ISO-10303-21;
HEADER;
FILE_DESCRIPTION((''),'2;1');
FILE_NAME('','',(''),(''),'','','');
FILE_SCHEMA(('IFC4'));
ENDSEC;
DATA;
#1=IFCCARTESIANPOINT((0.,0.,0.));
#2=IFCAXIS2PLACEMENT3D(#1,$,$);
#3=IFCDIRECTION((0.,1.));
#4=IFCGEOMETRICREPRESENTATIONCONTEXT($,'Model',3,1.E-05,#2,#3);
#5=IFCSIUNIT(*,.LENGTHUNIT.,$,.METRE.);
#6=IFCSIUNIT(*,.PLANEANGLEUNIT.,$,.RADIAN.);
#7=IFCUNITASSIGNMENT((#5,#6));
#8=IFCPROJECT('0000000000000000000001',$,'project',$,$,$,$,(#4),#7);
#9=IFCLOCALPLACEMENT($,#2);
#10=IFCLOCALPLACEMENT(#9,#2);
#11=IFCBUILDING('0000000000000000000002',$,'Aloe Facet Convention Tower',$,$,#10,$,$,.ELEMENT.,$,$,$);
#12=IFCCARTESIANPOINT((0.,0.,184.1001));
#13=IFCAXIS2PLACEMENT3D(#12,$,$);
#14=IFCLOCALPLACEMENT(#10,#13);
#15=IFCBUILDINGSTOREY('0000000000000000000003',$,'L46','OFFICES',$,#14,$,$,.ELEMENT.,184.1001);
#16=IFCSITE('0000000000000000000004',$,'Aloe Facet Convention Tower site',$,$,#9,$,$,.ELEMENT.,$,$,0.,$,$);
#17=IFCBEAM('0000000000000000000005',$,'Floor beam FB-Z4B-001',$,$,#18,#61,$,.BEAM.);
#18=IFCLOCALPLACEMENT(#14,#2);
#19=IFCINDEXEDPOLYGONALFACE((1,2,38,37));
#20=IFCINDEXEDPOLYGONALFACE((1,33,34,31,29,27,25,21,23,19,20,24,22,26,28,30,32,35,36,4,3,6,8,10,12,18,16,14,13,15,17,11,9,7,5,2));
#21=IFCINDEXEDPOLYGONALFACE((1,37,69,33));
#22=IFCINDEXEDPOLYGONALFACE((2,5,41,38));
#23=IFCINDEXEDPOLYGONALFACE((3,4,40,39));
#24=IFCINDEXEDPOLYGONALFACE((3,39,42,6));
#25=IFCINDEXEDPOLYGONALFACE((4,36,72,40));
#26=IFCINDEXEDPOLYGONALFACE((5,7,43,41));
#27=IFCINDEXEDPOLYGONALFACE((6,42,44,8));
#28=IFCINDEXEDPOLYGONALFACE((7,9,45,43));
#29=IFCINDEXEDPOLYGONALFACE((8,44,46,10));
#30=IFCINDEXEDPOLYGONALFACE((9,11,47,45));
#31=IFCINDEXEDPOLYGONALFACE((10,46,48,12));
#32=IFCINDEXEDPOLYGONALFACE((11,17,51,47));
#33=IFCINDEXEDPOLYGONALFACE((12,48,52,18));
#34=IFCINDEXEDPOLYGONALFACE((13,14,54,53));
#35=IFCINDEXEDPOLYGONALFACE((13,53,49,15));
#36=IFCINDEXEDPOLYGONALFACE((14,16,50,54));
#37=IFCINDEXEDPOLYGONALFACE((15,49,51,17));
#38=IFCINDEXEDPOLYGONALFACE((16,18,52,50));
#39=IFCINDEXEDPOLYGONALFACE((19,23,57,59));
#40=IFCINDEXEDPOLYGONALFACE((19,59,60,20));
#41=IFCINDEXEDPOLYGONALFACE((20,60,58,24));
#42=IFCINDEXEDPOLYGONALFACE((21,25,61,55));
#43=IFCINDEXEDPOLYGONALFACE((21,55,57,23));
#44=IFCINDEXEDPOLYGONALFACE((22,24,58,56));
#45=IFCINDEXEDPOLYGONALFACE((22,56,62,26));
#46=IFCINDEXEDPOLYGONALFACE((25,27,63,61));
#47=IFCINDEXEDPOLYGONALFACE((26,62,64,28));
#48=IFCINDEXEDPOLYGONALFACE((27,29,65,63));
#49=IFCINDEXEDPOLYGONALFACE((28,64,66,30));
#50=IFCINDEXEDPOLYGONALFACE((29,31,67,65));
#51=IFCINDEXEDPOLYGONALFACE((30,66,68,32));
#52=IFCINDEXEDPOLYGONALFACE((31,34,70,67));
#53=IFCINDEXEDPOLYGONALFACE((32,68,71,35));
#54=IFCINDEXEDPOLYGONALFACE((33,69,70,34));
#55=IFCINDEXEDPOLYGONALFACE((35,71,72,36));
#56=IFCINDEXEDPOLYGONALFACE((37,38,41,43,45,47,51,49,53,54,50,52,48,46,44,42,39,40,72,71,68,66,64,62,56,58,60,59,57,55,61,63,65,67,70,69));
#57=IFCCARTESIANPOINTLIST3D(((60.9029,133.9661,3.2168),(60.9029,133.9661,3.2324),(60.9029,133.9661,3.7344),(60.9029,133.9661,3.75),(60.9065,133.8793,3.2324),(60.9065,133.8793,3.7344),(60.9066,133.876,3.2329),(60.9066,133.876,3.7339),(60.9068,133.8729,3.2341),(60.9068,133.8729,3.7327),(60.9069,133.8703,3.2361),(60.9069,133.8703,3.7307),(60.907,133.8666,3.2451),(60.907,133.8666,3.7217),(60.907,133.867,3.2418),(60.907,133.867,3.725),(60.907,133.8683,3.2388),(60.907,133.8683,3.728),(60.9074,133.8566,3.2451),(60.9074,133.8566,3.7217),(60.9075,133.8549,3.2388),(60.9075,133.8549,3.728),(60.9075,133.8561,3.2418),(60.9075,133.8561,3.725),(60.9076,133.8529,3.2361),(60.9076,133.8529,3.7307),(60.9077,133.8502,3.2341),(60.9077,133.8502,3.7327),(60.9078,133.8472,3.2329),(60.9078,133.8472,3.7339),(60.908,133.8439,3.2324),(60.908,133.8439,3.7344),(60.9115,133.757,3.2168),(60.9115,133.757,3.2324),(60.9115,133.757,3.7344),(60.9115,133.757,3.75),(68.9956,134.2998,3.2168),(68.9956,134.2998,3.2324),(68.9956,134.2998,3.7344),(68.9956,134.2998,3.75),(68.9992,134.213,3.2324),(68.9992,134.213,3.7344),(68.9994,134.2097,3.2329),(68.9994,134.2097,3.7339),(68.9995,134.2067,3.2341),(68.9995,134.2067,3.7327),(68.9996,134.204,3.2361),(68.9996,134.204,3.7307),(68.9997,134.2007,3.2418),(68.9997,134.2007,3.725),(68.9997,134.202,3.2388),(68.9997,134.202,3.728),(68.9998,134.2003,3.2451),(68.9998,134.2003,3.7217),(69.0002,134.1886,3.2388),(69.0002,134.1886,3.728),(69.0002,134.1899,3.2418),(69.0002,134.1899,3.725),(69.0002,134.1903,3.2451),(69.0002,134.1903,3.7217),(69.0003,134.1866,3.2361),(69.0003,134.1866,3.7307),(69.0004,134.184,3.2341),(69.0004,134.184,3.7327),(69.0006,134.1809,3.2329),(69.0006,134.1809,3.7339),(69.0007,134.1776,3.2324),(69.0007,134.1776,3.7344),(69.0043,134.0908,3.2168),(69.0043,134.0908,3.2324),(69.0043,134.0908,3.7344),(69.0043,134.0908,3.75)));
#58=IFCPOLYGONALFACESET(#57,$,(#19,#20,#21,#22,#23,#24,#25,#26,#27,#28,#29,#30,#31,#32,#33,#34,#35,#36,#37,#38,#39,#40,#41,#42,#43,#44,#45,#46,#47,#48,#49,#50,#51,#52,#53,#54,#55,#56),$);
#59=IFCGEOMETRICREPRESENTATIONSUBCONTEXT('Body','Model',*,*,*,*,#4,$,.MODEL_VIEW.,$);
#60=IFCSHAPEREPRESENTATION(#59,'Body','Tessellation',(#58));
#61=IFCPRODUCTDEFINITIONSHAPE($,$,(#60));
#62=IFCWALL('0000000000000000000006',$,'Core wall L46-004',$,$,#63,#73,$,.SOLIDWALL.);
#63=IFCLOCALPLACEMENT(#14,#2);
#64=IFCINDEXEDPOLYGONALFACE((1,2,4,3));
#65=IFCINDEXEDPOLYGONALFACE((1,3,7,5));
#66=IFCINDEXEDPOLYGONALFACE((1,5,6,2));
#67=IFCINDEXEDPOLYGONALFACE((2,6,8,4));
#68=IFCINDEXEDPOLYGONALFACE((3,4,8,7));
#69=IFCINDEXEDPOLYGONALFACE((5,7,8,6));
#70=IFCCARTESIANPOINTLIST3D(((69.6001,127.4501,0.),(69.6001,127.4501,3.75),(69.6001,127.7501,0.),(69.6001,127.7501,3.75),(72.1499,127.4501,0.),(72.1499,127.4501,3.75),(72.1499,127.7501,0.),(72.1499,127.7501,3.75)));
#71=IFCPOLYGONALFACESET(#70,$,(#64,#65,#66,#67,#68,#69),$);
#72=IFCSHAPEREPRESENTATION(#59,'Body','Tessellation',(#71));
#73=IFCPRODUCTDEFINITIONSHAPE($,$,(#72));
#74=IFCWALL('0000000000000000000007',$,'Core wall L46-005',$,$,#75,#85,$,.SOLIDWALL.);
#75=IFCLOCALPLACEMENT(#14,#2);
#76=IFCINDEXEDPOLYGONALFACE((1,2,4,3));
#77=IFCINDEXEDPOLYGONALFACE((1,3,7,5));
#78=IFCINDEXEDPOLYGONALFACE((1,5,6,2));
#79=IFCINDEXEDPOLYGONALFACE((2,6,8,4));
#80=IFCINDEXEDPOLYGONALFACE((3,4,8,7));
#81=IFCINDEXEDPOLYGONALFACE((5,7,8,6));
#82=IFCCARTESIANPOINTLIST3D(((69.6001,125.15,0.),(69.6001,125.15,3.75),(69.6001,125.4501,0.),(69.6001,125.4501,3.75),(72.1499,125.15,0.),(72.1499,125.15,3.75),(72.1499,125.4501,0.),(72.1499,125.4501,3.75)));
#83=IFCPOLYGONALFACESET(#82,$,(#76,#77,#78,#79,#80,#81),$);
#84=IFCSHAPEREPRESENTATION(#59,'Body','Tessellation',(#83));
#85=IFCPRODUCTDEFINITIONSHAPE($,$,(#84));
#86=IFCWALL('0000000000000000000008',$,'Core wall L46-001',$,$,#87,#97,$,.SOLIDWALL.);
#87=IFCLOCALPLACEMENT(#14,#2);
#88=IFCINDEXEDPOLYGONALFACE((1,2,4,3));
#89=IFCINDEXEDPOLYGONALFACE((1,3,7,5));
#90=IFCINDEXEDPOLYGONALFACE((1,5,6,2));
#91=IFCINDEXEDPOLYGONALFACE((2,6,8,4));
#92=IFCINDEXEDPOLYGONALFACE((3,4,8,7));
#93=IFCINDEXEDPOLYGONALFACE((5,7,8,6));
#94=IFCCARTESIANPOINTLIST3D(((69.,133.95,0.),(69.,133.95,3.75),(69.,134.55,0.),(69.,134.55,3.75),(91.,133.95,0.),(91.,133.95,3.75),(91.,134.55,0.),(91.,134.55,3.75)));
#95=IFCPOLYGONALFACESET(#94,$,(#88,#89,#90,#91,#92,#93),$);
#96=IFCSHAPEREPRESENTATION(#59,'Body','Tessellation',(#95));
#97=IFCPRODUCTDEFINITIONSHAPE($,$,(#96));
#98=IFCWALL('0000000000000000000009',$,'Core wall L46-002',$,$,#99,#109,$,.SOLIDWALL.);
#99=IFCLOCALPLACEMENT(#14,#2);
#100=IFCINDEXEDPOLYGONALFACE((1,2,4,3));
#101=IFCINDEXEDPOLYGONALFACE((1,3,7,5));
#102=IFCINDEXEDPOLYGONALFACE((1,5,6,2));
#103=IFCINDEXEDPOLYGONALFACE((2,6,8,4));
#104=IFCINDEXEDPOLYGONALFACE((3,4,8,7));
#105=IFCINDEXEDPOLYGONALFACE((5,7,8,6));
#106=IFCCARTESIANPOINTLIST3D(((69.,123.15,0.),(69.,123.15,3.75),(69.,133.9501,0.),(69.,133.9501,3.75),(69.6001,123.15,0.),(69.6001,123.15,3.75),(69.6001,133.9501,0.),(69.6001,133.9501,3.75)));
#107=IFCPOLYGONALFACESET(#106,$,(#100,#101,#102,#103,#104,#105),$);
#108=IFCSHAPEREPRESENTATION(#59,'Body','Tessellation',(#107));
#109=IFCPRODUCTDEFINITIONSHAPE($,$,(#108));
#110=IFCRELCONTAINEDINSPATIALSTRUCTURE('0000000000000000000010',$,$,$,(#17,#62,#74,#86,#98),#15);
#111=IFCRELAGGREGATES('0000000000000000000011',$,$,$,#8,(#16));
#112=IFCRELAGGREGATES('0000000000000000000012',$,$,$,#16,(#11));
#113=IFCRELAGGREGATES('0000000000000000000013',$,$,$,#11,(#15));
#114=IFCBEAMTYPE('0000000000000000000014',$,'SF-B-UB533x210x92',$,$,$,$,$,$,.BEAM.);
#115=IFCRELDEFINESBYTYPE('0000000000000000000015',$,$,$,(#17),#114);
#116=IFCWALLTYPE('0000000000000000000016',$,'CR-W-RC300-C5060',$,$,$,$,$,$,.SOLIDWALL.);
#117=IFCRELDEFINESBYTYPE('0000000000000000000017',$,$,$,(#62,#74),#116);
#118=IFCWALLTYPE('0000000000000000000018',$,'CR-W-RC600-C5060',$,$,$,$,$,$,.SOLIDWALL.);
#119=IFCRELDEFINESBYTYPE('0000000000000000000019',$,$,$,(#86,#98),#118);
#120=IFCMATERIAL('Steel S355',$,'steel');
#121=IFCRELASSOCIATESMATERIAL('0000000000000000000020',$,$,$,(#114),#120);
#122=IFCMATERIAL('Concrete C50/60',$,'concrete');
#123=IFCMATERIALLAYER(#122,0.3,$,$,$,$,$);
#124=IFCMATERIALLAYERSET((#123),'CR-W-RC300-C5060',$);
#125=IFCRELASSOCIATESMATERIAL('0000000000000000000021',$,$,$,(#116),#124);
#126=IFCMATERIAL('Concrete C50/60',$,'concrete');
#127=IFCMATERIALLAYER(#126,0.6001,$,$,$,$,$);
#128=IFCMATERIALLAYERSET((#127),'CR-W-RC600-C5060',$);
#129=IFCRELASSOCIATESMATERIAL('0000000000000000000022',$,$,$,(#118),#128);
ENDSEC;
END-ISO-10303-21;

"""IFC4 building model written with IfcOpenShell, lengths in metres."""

from ifc_helpers import new_model, si_unit, direction, frame, frame_2d, origin, origin_2d, place, context, subcontext, project, spatial, rectangle, i_section, extrude, material, layer, layer_set, material_profile, profile_set, type_object, element, save


model = new_model("IFC4")

# Units and contexts
model_context = context("Model", 3, precision=1e-05, world=origin(), true_north=direction((0.0, 1.0)))
body_context = subcontext(model_context, "Body", "Model", "MODEL_VIEW")
ifc_project = project(units=[si_unit("LENGTHUNIT", "METRE"), si_unit("PLANEANGLEUNIT", "RADIAN")], contexts=[model_context])

# Site, building, storey
site_placement = place(None, origin())
site = spatial("IfcSite", under=ifc_project, at=site_placement, Name="Aloe Facet Convention Tower site", CompositionType="ELEMENT", RefElevation=0.0)
building_placement = place(site_placement, origin())
building = spatial("IfcBuilding", under=site, at=building_placement, Name="Aloe Facet Convention Tower", CompositionType="ELEMENT")
storey_placement = place(building_placement, frame((0.0, 0.0, 184.1001)))
storey = spatial("IfcBuildingStorey", under=building, at=storey_placement, Name="L46", Description="OFFICES", CompositionType="ELEMENT", Elevation=184.1001)

# Beam
ifc_material_1 = material(Name="Steel S355", Category="steel")
ifc_material_profile_1 = material_profile(ifc_material_1, i_section(OverallWidth=0.2092, OverallDepth=0.5332, WebThickness=0.01, FlangeThickness=0.0156, FilletRadius=0.0127, at=origin_2d()), Name="UB 533x210x92")
ifc_profile_set_1 = profile_set([ifc_material_profile_1], Name="Steel S355")
beam_type_1 = type_object("IfcBeamType", Name="SF-B-UB533x210x92", PredefinedType="BEAM", material=ifc_profile_set_1)
beam_1_placement = place(storey_placement, frame((60.9072, 133.8616, 3.4834), z_axis=(0.999151, 0.041204, 0.0), x_axis=(-0.041204, 0.999151, 0.0)))
element("IfcBeam", 1, at=beam_1_placement, inside=storey, type_object=beam_type_1, Name="Floor beam FB-Z4B-001", PredefinedType="BEAM", context=body_context, shape_type="SweptSolid", body=[
    extrude(i_section(OverallWidth=0.2092, OverallDepth=0.5332, WebThickness=0.01, FlangeThickness=0.0156, FilletRadius=0.0127, at=origin_2d()), origin(), (0.0, 0.0, 1.0), 8.0996),
])

# Walls
ifc_material_2 = material(Name="Concrete C50/60", Category="concrete")
ifc_layer_1 = layer(ifc_material_2, 0.3)
ifc_layer_set_1 = layer_set([ifc_layer_1], Name="CR-W-RC300-C5060")
wall_type_1 = type_object("IfcWallType", Name="CR-W-RC300-C5060", PredefinedType="SOLIDWALL", material=ifc_layer_set_1)
for number, where, z_axis, x_axis, name in (
    (2, (69.6001, 127.6001, 0.0), (0.0, 0.0, 1.0), (1.0, 0.0, 0.0), "Core wall L46-004"),
    (3, (69.6001, 125.3, 0.0), (0.0, 0.0, 1.0), (1.0, 0.0, 0.0), "Core wall L46-005"),
):
    element("IfcWall", number, at=place(storey_placement, frame(where, z_axis=z_axis, x_axis=x_axis)), inside=storey, type_object=wall_type_1, Name=name, PredefinedType="SOLIDWALL", context=body_context, shape_type="SweptSolid", body=[
        extrude(rectangle(XDim=2.5498, YDim=0.3, at=frame_2d((1.2749, 0.0))), origin(), (0.0, 0.0, 1.0), 3.75),
    ])
ifc_material_3 = material(Name="Concrete C50/60", Category="concrete")
ifc_layer_2 = layer(ifc_material_3, 0.6001)
ifc_layer_set_2 = layer_set([ifc_layer_2], Name="CR-W-RC600-C5060")
wall_type_2 = type_object("IfcWallType", Name="CR-W-RC600-C5060", PredefinedType="SOLIDWALL", material=ifc_layer_set_2)
wall_1_placement = place(storey_placement, frame((69.0, 134.25, 0.0), z_axis=(0.0, 0.0, 1.0), x_axis=(1.0, 0.0, 0.0)))
element("IfcWall", 4, at=wall_1_placement, inside=storey, type_object=wall_type_2, Name="Core wall L46-001", PredefinedType="SOLIDWALL", context=body_context, shape_type="SweptSolid", body=[
    extrude(rectangle(XDim=22.0, YDim=0.6001, at=frame_2d((11.0, 0.0))), origin(), (0.0, 0.0, 1.0), 3.75),
])
wall_2_placement = place(storey_placement, frame((69.3, 133.95, 0.0), z_axis=(0.0, 0.0, 1.0), x_axis=(0.0, -1.0, 0.0)))
element("IfcWall", 5, at=wall_2_placement, inside=storey, type_object=wall_type_2, Name="Core wall L46-002", PredefinedType="SOLIDWALL", context=body_context, shape_type="SweptSolid", body=[
    extrude(rectangle(XDim=10.8, YDim=0.6001, at=frame_2d((5.3999, 0.0))), origin(), (0.0, 0.0, 1.0), 3.75),
])

save(model, "model.ifc")
